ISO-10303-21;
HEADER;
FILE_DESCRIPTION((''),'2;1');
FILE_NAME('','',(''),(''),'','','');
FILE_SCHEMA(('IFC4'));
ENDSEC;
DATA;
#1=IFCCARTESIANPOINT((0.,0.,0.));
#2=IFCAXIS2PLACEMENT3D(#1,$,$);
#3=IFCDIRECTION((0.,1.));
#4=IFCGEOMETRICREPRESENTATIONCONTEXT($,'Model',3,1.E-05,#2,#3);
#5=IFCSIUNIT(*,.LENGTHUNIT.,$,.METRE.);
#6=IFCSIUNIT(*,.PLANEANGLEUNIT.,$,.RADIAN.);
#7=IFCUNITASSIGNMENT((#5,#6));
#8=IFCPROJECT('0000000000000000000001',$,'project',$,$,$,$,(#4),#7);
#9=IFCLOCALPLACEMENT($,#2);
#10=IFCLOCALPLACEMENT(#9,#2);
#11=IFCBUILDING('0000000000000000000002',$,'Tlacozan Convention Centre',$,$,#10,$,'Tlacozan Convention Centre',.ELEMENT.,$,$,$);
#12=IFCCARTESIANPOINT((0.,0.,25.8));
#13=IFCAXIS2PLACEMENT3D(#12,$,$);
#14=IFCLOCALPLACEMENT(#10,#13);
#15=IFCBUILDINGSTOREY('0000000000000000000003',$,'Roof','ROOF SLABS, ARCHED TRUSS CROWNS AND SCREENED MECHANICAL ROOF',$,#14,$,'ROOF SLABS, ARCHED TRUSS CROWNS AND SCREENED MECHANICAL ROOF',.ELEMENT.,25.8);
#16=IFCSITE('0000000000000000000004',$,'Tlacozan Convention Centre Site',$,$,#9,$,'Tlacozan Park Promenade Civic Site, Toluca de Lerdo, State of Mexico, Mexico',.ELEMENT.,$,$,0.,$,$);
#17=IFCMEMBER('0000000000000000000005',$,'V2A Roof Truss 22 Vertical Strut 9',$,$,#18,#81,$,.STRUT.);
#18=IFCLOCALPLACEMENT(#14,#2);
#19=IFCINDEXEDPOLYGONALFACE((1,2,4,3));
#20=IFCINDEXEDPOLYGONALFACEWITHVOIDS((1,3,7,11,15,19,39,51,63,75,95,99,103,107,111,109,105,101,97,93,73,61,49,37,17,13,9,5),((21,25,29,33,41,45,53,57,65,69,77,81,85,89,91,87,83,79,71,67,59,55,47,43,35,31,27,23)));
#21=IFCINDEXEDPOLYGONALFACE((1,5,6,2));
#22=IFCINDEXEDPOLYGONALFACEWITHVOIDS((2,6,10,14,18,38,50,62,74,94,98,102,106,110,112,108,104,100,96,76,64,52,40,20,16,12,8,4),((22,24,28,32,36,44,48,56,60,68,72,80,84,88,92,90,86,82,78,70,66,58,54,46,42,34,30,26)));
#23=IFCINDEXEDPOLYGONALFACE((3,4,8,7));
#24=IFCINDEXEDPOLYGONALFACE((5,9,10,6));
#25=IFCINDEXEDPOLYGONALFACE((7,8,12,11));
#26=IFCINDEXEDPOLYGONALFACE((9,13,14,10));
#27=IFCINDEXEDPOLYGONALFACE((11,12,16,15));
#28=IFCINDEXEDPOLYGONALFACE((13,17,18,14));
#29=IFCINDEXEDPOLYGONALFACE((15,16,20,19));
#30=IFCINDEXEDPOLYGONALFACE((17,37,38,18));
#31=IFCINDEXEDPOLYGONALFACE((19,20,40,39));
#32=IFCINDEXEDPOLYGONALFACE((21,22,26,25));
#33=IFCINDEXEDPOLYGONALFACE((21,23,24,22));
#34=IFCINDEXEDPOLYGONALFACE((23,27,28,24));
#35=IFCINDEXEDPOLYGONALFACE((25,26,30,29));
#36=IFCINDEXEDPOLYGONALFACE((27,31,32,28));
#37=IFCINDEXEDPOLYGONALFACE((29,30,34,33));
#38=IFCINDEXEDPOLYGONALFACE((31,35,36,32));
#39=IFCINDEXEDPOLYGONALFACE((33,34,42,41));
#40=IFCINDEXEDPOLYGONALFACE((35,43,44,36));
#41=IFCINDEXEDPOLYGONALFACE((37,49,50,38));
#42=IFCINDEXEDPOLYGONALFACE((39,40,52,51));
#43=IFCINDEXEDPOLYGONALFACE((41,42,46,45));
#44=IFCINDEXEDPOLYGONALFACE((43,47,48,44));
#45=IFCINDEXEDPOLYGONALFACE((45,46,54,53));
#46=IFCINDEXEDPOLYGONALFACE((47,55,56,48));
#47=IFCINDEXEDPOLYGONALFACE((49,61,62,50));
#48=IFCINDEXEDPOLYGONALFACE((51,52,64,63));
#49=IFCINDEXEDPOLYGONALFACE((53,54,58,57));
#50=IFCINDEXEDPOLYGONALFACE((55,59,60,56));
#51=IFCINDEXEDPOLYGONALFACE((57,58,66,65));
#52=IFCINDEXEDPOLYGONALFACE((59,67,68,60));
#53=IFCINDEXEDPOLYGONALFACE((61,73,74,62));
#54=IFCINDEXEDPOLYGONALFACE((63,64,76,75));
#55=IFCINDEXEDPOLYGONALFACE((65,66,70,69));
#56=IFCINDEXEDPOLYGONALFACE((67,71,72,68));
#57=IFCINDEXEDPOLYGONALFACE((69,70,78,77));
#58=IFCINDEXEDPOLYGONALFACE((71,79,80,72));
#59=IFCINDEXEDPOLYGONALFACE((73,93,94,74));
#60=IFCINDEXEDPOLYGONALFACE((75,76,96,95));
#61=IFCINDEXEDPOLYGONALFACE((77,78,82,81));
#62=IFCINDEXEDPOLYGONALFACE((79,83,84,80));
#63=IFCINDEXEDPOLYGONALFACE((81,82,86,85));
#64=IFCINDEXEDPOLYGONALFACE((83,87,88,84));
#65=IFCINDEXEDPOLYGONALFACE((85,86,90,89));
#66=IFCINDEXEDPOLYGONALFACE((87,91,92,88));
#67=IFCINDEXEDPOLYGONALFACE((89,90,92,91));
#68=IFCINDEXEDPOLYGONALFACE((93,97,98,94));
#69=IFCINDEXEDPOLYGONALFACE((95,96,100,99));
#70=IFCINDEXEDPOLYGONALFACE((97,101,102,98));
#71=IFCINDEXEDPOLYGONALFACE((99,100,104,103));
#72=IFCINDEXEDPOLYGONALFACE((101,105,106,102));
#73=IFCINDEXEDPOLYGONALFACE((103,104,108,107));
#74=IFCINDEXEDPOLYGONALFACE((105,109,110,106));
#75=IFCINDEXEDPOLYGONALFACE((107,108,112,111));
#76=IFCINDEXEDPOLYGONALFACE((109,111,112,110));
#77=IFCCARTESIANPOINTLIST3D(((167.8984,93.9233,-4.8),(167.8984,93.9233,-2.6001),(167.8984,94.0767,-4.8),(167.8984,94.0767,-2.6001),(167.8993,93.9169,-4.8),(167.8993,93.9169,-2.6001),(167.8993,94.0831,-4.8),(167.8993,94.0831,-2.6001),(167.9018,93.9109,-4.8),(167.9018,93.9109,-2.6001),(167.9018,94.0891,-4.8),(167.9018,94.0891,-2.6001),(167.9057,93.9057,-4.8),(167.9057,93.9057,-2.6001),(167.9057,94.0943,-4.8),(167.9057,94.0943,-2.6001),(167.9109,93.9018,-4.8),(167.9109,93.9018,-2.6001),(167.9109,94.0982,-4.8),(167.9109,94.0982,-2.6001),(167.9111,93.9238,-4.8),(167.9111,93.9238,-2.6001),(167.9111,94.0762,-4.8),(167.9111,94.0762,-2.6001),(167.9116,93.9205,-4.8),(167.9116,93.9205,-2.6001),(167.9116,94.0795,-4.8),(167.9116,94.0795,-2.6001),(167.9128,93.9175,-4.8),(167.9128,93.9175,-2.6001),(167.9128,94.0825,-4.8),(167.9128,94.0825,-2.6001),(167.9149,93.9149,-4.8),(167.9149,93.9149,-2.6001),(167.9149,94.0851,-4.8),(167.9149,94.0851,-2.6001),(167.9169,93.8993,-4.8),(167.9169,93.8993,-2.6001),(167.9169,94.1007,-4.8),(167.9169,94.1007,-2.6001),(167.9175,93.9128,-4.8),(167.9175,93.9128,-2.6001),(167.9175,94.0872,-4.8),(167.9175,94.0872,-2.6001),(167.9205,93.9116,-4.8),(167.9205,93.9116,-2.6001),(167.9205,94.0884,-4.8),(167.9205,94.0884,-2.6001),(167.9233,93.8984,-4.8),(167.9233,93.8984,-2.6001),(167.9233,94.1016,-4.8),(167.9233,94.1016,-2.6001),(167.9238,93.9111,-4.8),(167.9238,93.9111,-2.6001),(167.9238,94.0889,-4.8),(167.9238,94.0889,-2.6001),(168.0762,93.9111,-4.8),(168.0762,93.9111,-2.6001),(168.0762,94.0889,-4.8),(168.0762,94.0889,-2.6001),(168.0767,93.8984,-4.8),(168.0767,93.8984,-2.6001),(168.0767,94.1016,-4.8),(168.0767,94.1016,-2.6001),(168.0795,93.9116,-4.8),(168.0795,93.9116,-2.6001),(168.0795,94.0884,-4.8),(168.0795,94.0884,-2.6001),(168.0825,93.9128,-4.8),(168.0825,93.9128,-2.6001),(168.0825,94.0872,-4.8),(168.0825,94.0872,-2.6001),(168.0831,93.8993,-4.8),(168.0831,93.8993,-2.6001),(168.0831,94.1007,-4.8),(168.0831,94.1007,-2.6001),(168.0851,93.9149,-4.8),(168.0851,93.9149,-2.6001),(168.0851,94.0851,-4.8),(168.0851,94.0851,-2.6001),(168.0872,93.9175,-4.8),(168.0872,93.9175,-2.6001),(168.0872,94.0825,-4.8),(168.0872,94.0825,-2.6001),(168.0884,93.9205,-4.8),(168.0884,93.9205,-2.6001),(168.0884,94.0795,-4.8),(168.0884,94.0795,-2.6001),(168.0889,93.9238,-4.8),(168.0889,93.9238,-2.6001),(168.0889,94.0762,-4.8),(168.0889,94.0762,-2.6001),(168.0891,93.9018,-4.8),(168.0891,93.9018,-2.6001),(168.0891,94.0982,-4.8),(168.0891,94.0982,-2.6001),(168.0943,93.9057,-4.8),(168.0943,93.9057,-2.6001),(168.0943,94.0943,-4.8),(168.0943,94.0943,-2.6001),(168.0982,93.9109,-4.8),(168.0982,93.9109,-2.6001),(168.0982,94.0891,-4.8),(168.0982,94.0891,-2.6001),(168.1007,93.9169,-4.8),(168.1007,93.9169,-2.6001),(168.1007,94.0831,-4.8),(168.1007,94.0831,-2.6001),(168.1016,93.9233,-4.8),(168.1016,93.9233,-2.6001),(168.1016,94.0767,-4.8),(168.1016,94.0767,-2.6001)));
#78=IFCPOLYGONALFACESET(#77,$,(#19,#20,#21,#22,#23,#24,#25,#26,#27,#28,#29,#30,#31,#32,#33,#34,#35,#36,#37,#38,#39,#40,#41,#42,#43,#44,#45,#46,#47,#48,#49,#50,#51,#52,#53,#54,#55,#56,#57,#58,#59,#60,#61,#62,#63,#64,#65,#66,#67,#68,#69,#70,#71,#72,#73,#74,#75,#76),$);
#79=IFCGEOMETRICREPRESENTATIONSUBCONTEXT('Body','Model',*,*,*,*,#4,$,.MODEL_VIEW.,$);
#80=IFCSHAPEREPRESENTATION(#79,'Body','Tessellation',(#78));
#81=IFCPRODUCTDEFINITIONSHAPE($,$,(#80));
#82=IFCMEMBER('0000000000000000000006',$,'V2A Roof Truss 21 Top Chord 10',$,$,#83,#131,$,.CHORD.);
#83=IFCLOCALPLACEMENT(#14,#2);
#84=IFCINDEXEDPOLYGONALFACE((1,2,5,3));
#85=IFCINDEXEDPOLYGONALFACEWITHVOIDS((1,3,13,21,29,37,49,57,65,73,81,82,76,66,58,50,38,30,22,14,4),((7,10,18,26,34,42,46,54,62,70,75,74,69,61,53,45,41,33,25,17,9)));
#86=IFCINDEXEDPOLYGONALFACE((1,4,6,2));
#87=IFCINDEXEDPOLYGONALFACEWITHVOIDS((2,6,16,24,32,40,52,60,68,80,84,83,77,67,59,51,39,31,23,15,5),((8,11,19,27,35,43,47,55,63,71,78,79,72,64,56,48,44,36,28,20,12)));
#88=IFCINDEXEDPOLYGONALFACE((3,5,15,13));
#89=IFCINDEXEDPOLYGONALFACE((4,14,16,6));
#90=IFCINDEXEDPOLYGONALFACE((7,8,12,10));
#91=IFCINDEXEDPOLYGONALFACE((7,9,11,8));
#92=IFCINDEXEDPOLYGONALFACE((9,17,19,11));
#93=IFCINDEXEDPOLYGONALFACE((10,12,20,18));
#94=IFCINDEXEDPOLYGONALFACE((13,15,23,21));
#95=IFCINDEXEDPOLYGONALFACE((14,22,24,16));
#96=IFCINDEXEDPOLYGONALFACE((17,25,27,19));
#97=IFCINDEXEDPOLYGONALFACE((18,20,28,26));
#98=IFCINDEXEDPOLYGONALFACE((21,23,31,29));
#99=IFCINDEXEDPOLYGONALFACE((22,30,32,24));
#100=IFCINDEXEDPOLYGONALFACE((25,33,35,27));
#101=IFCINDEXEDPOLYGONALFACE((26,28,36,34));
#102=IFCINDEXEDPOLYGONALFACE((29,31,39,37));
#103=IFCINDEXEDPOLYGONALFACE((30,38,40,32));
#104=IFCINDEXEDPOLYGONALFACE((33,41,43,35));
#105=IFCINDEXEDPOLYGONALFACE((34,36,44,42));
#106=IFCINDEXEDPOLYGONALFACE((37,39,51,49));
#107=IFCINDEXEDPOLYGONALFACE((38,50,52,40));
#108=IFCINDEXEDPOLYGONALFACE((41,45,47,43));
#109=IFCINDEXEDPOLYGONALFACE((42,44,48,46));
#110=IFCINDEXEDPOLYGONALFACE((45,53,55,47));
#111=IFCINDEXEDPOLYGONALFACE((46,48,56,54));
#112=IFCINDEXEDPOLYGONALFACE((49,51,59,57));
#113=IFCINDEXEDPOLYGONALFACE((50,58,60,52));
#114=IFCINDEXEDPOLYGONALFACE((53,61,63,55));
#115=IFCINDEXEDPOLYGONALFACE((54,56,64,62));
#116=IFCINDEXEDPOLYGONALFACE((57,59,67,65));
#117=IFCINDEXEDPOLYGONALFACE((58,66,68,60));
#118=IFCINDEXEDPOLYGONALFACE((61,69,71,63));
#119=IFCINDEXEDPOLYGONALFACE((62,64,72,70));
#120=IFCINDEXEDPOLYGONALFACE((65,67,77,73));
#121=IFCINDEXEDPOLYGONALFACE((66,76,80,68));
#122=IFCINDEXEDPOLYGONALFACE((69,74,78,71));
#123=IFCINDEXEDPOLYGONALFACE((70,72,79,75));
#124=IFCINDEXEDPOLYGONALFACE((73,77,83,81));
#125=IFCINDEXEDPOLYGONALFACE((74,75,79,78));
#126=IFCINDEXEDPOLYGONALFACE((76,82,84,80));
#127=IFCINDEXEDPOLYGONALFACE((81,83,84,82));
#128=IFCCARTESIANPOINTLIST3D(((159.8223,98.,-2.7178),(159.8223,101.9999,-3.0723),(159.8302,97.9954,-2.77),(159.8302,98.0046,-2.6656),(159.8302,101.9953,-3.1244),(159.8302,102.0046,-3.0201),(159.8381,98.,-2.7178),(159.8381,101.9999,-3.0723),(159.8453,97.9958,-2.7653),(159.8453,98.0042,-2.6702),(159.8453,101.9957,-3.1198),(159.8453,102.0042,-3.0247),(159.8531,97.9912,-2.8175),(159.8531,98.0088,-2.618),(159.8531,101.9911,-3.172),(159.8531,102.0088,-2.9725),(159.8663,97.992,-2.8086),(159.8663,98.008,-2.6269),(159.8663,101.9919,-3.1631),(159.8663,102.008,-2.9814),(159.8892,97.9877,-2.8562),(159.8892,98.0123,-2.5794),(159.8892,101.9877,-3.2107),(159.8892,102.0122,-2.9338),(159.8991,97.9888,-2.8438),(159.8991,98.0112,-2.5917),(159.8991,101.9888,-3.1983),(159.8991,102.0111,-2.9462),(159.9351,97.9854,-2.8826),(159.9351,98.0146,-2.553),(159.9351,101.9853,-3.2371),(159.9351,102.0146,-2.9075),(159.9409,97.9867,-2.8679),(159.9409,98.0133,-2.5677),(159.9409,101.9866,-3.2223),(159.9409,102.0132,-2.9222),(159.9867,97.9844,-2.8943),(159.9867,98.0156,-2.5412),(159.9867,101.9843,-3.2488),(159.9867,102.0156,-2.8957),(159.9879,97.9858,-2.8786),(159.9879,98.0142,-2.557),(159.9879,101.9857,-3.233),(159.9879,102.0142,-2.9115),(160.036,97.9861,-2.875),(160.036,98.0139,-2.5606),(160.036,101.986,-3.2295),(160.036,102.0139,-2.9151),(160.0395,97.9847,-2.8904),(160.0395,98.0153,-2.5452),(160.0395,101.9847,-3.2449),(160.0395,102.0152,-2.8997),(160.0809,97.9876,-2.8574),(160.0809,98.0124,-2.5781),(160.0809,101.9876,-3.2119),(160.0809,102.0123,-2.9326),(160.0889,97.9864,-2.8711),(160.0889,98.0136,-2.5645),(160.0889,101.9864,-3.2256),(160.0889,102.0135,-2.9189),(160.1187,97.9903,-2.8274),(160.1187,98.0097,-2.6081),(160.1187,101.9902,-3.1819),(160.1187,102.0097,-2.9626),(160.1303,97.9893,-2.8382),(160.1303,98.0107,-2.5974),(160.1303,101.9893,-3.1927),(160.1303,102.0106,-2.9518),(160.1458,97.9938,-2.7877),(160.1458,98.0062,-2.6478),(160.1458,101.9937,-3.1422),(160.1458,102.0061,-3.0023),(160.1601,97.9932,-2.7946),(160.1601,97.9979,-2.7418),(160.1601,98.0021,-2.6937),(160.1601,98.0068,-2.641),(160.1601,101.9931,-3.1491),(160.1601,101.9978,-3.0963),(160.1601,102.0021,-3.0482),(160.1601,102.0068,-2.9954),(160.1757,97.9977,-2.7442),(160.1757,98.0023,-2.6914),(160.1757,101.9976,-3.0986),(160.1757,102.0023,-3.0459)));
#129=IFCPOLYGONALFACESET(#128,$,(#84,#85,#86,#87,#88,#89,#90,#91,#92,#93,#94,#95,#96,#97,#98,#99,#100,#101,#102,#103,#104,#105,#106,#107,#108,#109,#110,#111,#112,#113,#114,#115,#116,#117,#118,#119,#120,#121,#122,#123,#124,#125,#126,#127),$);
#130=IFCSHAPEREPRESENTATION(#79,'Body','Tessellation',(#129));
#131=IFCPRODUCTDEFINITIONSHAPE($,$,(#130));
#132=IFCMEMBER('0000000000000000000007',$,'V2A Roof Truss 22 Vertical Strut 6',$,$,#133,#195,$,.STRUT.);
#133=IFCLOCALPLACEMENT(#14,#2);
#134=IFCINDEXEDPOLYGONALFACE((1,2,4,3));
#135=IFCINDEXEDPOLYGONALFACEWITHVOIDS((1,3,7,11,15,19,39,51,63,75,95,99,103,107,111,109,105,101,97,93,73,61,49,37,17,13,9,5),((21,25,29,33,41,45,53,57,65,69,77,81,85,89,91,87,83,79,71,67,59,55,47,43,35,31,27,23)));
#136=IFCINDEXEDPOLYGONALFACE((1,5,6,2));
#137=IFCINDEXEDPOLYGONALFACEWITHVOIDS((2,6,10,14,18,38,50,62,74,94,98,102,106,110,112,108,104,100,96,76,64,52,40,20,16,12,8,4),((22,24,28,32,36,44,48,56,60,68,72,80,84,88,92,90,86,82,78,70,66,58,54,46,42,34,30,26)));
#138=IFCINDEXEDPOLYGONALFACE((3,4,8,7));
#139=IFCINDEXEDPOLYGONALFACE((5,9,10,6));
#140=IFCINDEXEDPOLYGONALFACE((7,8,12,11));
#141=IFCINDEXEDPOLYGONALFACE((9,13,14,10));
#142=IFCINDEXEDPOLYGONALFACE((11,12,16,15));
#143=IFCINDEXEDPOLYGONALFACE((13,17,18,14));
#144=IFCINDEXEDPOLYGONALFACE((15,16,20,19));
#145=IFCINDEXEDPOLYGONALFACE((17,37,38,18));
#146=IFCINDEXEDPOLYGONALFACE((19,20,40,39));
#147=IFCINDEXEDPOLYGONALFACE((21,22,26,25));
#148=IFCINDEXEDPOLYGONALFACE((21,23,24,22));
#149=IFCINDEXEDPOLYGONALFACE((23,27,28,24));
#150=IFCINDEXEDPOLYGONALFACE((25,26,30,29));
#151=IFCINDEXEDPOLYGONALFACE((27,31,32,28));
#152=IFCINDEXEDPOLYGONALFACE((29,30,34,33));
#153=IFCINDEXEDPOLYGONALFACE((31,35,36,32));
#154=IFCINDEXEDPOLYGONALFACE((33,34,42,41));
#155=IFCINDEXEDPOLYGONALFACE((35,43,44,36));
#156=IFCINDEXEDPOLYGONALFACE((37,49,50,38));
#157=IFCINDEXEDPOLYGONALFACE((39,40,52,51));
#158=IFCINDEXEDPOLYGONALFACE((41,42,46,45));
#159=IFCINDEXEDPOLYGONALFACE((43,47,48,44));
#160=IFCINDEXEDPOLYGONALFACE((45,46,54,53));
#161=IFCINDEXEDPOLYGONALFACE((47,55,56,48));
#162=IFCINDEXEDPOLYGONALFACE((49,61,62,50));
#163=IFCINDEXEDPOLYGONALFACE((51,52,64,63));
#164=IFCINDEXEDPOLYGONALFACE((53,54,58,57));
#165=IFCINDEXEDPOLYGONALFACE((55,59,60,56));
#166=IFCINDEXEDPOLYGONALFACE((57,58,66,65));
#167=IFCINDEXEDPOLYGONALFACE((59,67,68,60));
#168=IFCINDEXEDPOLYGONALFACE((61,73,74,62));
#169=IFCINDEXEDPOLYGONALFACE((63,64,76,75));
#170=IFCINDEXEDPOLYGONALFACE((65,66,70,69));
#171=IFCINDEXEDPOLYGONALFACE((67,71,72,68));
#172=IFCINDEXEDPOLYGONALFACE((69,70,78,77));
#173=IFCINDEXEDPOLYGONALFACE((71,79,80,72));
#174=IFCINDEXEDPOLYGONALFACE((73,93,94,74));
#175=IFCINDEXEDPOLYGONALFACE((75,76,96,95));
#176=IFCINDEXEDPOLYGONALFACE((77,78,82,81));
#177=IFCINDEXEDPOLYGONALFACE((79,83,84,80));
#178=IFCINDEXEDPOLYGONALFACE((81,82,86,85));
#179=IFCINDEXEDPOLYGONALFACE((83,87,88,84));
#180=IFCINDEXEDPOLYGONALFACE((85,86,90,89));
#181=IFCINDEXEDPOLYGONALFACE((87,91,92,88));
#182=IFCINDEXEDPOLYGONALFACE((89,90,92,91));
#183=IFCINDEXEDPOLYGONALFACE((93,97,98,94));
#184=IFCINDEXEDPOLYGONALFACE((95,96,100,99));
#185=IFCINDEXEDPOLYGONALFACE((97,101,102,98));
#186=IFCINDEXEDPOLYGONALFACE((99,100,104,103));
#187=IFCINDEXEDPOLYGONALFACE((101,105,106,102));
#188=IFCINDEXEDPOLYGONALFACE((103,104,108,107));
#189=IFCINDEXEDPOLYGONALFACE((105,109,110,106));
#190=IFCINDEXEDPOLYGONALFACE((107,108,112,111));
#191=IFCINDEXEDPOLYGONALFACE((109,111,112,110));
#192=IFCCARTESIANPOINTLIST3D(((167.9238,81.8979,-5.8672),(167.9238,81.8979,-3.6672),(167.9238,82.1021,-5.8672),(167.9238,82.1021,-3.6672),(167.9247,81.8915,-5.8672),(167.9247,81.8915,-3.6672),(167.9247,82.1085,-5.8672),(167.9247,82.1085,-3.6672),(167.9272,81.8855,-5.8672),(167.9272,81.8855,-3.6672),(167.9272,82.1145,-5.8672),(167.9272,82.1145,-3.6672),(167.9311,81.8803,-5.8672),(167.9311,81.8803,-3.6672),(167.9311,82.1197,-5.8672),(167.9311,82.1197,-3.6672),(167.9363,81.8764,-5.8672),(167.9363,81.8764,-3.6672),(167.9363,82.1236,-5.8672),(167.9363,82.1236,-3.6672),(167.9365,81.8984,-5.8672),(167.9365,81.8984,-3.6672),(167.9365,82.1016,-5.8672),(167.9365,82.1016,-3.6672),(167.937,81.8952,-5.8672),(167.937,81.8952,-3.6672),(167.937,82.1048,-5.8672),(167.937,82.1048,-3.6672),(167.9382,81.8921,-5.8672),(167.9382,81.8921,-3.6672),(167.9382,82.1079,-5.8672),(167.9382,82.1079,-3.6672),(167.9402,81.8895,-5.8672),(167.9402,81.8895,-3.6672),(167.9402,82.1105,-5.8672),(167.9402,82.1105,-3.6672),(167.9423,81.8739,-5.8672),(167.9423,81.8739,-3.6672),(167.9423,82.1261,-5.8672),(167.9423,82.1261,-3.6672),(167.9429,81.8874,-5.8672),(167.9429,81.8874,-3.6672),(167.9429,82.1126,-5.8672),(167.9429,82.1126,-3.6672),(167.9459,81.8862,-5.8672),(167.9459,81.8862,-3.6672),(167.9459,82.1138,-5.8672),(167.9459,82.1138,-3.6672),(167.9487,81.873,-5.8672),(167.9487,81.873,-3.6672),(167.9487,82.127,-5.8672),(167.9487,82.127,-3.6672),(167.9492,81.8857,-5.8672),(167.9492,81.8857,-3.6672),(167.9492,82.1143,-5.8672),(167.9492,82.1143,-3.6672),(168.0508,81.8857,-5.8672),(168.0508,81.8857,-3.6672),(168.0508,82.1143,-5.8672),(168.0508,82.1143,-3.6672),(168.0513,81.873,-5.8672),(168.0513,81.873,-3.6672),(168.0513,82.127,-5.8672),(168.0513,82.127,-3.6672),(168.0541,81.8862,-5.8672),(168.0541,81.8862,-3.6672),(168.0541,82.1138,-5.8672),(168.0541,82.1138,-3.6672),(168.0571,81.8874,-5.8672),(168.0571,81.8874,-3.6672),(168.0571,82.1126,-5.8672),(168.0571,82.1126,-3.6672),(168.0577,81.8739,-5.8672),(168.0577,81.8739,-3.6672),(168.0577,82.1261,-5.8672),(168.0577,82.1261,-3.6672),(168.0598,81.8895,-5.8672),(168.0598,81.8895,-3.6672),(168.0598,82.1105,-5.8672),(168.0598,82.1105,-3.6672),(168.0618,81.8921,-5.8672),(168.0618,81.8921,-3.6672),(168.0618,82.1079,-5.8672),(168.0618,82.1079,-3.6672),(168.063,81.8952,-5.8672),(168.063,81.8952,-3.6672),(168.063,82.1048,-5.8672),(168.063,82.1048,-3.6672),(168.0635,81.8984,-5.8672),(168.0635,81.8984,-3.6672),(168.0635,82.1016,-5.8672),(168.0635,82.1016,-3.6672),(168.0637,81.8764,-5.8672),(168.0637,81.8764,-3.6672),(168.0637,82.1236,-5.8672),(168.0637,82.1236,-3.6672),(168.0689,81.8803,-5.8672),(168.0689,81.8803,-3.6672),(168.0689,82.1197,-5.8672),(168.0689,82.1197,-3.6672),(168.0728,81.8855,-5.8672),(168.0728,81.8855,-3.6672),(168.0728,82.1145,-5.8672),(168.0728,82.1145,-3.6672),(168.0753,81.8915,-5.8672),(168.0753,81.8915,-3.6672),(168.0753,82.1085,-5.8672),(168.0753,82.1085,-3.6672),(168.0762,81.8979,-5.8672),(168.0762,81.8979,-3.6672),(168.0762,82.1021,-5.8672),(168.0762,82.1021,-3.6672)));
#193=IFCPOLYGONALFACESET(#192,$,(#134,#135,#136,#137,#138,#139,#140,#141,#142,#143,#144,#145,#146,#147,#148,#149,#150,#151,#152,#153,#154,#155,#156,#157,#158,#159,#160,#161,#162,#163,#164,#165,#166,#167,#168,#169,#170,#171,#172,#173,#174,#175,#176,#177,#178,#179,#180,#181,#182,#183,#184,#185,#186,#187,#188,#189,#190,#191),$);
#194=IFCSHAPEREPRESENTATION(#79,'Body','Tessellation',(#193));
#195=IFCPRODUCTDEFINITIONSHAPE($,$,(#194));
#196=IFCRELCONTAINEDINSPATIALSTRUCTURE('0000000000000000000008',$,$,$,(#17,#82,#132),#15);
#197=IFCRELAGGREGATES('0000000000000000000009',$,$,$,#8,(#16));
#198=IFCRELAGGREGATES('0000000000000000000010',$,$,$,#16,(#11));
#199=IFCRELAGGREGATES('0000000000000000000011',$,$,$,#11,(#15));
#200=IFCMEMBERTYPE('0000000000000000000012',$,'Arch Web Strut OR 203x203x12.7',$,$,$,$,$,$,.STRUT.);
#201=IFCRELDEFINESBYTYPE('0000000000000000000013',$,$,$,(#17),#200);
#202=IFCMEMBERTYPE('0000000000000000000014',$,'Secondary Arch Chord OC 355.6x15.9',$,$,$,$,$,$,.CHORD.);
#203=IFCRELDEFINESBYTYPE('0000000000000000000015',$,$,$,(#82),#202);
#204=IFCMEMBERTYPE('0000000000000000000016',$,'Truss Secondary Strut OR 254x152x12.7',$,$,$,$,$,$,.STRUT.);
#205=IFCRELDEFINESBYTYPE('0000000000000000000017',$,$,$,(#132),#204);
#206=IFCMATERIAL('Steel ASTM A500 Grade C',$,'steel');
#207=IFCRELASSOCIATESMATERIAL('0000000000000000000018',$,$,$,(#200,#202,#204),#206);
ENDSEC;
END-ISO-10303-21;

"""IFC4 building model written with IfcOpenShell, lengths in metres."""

from ifc_helpers import new_model, si_unit, direction, frame, origin, origin_2d, place, context, subcontext, project, spatial, hollow_rectangle, hollow_circle, extrude, material, material_profile, profile_set, type_object, element, save


model = new_model("IFC4")

# Units and contexts
model_context = context("Model", 3, precision=1e-05, world=origin(), true_north=direction((0.0, 1.0)))
body_context = subcontext(model_context, "Body", "Model", "MODEL_VIEW")
ifc_project = project(units=[si_unit("LENGTHUNIT", "METRE"), si_unit("PLANEANGLEUNIT", "RADIAN")], contexts=[model_context])

# Site, building, storey
site_placement = place(None, origin())
site = spatial("IfcSite", under=ifc_project, at=site_placement, Name="Tlacozan Convention Centre Site", LongName="Tlacozan Park Promenade Civic Site, Toluca de Lerdo, State of Mexico, Mexico", CompositionType="ELEMENT", RefElevation=0.0)
building_placement = place(site_placement, origin())
building = spatial("IfcBuilding", under=site, at=building_placement, Name="Tlacozan Convention Centre", LongName="Tlacozan Convention Centre", CompositionType="ELEMENT")
storey_placement = place(building_placement, frame((0.0, 0.0, 25.8)))
storey = spatial("IfcBuildingStorey", under=building, at=storey_placement, Name="Roof", Description="ROOF SLABS, ARCHED TRUSS CROWNS AND SCREENED MECHANICAL ROOF", LongName="ROOF SLABS, ARCHED TRUSS CROWNS AND SCREENED MECHANICAL ROOF", CompositionType="ELEMENT", Elevation=25.8)

# Members
ifc_material_1 = material(Name="Steel ASTM A500 Grade C", Category="steel")
ifc_material_profile_1 = material_profile(ifc_material_1, hollow_rectangle(XDim=0.2031, YDim=0.2031, WallThickness=0.0127, InnerFilletRadius=0.0127, OuterFilletRadius=0.0249, at=origin_2d()), Name="OR 203x203x12.7")
ifc_profile_set_1 = profile_set([ifc_material_profile_1], Name="Steel ASTM A500 Grade C")
member_type_1 = type_object("IfcMemberType", Name="Arch Web Strut OR 203x203x12.7", PredefinedType="STRUT", material=ifc_profile_set_1)
for number, where, z_axis, x_axis, name in (
    (1, (168.0, 94.0, -4.8), (0.0, 0.0, 1.0), (1.0, 0.0, 0.0), "V2A Roof Truss 22 Vertical Strut 9"),
):
    element("IfcMember", number, at=place(storey_placement, frame(where, z_axis=z_axis, x_axis=x_axis)), inside=storey, type_object=member_type_1, Name=name, PredefinedType="STRUT", context=body_context, shape_type="SweptSolid", body=[
        extrude(hollow_rectangle(XDim=0.2031, YDim=0.2031, WallThickness=0.0127, InnerFilletRadius=0.0127, OuterFilletRadius=0.0249, at=origin_2d()), origin(), (0.0, 0.0, 1.0), 2.2),
    ])
ifc_material_profile_2 = material_profile(ifc_material_1, hollow_circle(Radius=0.1777, WallThickness=0.0159, at=origin_2d()), Name="OC 355.6x15.9")
ifc_profile_set_2 = profile_set([ifc_material_profile_2], Name="Steel ASTM A500 Grade C")
member_type_2 = type_object("IfcMemberType", Name="Secondary Arch Chord OC 355.6x15.9", PredefinedType="CHORD", material=ifc_profile_set_2)
member_1_placement = place(storey_placement, frame((160.0, 98.0, -2.7178), z_axis=(0.0, 0.996096, -0.088277), x_axis=(-1.0, 0.0, 0.0)))
element("IfcMember", 2, at=member_1_placement, inside=storey, type_object=member_type_2, Name="V2A Roof Truss 21 Top Chord 10", PredefinedType="CHORD", context=body_context, shape_type="SweptSolid", body=[
    extrude(hollow_circle(Radius=0.1777, WallThickness=0.0159, at=origin_2d()), origin(), (0.0, 0.0, 1.0), 4.0156),
])
ifc_material_profile_3 = material_profile(ifc_material_1, hollow_rectangle(XDim=0.1523, YDim=0.2539, WallThickness=0.0127, InnerFilletRadius=0.0127, OuterFilletRadius=0.0249, at=origin_2d()), Name="OR 254x152x12.7")
ifc_profile_set_3 = profile_set([ifc_material_profile_3], Name="Steel ASTM A500 Grade C")
member_type_3 = type_object("IfcMemberType", Name="Truss Secondary Strut OR 254x152x12.7", PredefinedType="STRUT", material=ifc_profile_set_3)
for number, where, z_axis, x_axis, name in (
    (3, (168.0, 82.0, -5.8672), (0.0, 0.0, 1.0), (1.0, 0.0, 0.0), "V2A Roof Truss 22 Vertical Strut 6"),
):
    element("IfcMember", number, at=place(storey_placement, frame(where, z_axis=z_axis, x_axis=x_axis)), inside=storey, type_object=member_type_3, Name=name, PredefinedType="STRUT", context=body_context, shape_type="SweptSolid", body=[
        extrude(hollow_rectangle(XDim=0.1523, YDim=0.2539, WallThickness=0.0127, InnerFilletRadius=0.0127, OuterFilletRadius=0.0249, at=origin_2d()), origin(), (0.0, 0.0, 1.0), 2.2),
    ])

save(model, "model.ifc")
